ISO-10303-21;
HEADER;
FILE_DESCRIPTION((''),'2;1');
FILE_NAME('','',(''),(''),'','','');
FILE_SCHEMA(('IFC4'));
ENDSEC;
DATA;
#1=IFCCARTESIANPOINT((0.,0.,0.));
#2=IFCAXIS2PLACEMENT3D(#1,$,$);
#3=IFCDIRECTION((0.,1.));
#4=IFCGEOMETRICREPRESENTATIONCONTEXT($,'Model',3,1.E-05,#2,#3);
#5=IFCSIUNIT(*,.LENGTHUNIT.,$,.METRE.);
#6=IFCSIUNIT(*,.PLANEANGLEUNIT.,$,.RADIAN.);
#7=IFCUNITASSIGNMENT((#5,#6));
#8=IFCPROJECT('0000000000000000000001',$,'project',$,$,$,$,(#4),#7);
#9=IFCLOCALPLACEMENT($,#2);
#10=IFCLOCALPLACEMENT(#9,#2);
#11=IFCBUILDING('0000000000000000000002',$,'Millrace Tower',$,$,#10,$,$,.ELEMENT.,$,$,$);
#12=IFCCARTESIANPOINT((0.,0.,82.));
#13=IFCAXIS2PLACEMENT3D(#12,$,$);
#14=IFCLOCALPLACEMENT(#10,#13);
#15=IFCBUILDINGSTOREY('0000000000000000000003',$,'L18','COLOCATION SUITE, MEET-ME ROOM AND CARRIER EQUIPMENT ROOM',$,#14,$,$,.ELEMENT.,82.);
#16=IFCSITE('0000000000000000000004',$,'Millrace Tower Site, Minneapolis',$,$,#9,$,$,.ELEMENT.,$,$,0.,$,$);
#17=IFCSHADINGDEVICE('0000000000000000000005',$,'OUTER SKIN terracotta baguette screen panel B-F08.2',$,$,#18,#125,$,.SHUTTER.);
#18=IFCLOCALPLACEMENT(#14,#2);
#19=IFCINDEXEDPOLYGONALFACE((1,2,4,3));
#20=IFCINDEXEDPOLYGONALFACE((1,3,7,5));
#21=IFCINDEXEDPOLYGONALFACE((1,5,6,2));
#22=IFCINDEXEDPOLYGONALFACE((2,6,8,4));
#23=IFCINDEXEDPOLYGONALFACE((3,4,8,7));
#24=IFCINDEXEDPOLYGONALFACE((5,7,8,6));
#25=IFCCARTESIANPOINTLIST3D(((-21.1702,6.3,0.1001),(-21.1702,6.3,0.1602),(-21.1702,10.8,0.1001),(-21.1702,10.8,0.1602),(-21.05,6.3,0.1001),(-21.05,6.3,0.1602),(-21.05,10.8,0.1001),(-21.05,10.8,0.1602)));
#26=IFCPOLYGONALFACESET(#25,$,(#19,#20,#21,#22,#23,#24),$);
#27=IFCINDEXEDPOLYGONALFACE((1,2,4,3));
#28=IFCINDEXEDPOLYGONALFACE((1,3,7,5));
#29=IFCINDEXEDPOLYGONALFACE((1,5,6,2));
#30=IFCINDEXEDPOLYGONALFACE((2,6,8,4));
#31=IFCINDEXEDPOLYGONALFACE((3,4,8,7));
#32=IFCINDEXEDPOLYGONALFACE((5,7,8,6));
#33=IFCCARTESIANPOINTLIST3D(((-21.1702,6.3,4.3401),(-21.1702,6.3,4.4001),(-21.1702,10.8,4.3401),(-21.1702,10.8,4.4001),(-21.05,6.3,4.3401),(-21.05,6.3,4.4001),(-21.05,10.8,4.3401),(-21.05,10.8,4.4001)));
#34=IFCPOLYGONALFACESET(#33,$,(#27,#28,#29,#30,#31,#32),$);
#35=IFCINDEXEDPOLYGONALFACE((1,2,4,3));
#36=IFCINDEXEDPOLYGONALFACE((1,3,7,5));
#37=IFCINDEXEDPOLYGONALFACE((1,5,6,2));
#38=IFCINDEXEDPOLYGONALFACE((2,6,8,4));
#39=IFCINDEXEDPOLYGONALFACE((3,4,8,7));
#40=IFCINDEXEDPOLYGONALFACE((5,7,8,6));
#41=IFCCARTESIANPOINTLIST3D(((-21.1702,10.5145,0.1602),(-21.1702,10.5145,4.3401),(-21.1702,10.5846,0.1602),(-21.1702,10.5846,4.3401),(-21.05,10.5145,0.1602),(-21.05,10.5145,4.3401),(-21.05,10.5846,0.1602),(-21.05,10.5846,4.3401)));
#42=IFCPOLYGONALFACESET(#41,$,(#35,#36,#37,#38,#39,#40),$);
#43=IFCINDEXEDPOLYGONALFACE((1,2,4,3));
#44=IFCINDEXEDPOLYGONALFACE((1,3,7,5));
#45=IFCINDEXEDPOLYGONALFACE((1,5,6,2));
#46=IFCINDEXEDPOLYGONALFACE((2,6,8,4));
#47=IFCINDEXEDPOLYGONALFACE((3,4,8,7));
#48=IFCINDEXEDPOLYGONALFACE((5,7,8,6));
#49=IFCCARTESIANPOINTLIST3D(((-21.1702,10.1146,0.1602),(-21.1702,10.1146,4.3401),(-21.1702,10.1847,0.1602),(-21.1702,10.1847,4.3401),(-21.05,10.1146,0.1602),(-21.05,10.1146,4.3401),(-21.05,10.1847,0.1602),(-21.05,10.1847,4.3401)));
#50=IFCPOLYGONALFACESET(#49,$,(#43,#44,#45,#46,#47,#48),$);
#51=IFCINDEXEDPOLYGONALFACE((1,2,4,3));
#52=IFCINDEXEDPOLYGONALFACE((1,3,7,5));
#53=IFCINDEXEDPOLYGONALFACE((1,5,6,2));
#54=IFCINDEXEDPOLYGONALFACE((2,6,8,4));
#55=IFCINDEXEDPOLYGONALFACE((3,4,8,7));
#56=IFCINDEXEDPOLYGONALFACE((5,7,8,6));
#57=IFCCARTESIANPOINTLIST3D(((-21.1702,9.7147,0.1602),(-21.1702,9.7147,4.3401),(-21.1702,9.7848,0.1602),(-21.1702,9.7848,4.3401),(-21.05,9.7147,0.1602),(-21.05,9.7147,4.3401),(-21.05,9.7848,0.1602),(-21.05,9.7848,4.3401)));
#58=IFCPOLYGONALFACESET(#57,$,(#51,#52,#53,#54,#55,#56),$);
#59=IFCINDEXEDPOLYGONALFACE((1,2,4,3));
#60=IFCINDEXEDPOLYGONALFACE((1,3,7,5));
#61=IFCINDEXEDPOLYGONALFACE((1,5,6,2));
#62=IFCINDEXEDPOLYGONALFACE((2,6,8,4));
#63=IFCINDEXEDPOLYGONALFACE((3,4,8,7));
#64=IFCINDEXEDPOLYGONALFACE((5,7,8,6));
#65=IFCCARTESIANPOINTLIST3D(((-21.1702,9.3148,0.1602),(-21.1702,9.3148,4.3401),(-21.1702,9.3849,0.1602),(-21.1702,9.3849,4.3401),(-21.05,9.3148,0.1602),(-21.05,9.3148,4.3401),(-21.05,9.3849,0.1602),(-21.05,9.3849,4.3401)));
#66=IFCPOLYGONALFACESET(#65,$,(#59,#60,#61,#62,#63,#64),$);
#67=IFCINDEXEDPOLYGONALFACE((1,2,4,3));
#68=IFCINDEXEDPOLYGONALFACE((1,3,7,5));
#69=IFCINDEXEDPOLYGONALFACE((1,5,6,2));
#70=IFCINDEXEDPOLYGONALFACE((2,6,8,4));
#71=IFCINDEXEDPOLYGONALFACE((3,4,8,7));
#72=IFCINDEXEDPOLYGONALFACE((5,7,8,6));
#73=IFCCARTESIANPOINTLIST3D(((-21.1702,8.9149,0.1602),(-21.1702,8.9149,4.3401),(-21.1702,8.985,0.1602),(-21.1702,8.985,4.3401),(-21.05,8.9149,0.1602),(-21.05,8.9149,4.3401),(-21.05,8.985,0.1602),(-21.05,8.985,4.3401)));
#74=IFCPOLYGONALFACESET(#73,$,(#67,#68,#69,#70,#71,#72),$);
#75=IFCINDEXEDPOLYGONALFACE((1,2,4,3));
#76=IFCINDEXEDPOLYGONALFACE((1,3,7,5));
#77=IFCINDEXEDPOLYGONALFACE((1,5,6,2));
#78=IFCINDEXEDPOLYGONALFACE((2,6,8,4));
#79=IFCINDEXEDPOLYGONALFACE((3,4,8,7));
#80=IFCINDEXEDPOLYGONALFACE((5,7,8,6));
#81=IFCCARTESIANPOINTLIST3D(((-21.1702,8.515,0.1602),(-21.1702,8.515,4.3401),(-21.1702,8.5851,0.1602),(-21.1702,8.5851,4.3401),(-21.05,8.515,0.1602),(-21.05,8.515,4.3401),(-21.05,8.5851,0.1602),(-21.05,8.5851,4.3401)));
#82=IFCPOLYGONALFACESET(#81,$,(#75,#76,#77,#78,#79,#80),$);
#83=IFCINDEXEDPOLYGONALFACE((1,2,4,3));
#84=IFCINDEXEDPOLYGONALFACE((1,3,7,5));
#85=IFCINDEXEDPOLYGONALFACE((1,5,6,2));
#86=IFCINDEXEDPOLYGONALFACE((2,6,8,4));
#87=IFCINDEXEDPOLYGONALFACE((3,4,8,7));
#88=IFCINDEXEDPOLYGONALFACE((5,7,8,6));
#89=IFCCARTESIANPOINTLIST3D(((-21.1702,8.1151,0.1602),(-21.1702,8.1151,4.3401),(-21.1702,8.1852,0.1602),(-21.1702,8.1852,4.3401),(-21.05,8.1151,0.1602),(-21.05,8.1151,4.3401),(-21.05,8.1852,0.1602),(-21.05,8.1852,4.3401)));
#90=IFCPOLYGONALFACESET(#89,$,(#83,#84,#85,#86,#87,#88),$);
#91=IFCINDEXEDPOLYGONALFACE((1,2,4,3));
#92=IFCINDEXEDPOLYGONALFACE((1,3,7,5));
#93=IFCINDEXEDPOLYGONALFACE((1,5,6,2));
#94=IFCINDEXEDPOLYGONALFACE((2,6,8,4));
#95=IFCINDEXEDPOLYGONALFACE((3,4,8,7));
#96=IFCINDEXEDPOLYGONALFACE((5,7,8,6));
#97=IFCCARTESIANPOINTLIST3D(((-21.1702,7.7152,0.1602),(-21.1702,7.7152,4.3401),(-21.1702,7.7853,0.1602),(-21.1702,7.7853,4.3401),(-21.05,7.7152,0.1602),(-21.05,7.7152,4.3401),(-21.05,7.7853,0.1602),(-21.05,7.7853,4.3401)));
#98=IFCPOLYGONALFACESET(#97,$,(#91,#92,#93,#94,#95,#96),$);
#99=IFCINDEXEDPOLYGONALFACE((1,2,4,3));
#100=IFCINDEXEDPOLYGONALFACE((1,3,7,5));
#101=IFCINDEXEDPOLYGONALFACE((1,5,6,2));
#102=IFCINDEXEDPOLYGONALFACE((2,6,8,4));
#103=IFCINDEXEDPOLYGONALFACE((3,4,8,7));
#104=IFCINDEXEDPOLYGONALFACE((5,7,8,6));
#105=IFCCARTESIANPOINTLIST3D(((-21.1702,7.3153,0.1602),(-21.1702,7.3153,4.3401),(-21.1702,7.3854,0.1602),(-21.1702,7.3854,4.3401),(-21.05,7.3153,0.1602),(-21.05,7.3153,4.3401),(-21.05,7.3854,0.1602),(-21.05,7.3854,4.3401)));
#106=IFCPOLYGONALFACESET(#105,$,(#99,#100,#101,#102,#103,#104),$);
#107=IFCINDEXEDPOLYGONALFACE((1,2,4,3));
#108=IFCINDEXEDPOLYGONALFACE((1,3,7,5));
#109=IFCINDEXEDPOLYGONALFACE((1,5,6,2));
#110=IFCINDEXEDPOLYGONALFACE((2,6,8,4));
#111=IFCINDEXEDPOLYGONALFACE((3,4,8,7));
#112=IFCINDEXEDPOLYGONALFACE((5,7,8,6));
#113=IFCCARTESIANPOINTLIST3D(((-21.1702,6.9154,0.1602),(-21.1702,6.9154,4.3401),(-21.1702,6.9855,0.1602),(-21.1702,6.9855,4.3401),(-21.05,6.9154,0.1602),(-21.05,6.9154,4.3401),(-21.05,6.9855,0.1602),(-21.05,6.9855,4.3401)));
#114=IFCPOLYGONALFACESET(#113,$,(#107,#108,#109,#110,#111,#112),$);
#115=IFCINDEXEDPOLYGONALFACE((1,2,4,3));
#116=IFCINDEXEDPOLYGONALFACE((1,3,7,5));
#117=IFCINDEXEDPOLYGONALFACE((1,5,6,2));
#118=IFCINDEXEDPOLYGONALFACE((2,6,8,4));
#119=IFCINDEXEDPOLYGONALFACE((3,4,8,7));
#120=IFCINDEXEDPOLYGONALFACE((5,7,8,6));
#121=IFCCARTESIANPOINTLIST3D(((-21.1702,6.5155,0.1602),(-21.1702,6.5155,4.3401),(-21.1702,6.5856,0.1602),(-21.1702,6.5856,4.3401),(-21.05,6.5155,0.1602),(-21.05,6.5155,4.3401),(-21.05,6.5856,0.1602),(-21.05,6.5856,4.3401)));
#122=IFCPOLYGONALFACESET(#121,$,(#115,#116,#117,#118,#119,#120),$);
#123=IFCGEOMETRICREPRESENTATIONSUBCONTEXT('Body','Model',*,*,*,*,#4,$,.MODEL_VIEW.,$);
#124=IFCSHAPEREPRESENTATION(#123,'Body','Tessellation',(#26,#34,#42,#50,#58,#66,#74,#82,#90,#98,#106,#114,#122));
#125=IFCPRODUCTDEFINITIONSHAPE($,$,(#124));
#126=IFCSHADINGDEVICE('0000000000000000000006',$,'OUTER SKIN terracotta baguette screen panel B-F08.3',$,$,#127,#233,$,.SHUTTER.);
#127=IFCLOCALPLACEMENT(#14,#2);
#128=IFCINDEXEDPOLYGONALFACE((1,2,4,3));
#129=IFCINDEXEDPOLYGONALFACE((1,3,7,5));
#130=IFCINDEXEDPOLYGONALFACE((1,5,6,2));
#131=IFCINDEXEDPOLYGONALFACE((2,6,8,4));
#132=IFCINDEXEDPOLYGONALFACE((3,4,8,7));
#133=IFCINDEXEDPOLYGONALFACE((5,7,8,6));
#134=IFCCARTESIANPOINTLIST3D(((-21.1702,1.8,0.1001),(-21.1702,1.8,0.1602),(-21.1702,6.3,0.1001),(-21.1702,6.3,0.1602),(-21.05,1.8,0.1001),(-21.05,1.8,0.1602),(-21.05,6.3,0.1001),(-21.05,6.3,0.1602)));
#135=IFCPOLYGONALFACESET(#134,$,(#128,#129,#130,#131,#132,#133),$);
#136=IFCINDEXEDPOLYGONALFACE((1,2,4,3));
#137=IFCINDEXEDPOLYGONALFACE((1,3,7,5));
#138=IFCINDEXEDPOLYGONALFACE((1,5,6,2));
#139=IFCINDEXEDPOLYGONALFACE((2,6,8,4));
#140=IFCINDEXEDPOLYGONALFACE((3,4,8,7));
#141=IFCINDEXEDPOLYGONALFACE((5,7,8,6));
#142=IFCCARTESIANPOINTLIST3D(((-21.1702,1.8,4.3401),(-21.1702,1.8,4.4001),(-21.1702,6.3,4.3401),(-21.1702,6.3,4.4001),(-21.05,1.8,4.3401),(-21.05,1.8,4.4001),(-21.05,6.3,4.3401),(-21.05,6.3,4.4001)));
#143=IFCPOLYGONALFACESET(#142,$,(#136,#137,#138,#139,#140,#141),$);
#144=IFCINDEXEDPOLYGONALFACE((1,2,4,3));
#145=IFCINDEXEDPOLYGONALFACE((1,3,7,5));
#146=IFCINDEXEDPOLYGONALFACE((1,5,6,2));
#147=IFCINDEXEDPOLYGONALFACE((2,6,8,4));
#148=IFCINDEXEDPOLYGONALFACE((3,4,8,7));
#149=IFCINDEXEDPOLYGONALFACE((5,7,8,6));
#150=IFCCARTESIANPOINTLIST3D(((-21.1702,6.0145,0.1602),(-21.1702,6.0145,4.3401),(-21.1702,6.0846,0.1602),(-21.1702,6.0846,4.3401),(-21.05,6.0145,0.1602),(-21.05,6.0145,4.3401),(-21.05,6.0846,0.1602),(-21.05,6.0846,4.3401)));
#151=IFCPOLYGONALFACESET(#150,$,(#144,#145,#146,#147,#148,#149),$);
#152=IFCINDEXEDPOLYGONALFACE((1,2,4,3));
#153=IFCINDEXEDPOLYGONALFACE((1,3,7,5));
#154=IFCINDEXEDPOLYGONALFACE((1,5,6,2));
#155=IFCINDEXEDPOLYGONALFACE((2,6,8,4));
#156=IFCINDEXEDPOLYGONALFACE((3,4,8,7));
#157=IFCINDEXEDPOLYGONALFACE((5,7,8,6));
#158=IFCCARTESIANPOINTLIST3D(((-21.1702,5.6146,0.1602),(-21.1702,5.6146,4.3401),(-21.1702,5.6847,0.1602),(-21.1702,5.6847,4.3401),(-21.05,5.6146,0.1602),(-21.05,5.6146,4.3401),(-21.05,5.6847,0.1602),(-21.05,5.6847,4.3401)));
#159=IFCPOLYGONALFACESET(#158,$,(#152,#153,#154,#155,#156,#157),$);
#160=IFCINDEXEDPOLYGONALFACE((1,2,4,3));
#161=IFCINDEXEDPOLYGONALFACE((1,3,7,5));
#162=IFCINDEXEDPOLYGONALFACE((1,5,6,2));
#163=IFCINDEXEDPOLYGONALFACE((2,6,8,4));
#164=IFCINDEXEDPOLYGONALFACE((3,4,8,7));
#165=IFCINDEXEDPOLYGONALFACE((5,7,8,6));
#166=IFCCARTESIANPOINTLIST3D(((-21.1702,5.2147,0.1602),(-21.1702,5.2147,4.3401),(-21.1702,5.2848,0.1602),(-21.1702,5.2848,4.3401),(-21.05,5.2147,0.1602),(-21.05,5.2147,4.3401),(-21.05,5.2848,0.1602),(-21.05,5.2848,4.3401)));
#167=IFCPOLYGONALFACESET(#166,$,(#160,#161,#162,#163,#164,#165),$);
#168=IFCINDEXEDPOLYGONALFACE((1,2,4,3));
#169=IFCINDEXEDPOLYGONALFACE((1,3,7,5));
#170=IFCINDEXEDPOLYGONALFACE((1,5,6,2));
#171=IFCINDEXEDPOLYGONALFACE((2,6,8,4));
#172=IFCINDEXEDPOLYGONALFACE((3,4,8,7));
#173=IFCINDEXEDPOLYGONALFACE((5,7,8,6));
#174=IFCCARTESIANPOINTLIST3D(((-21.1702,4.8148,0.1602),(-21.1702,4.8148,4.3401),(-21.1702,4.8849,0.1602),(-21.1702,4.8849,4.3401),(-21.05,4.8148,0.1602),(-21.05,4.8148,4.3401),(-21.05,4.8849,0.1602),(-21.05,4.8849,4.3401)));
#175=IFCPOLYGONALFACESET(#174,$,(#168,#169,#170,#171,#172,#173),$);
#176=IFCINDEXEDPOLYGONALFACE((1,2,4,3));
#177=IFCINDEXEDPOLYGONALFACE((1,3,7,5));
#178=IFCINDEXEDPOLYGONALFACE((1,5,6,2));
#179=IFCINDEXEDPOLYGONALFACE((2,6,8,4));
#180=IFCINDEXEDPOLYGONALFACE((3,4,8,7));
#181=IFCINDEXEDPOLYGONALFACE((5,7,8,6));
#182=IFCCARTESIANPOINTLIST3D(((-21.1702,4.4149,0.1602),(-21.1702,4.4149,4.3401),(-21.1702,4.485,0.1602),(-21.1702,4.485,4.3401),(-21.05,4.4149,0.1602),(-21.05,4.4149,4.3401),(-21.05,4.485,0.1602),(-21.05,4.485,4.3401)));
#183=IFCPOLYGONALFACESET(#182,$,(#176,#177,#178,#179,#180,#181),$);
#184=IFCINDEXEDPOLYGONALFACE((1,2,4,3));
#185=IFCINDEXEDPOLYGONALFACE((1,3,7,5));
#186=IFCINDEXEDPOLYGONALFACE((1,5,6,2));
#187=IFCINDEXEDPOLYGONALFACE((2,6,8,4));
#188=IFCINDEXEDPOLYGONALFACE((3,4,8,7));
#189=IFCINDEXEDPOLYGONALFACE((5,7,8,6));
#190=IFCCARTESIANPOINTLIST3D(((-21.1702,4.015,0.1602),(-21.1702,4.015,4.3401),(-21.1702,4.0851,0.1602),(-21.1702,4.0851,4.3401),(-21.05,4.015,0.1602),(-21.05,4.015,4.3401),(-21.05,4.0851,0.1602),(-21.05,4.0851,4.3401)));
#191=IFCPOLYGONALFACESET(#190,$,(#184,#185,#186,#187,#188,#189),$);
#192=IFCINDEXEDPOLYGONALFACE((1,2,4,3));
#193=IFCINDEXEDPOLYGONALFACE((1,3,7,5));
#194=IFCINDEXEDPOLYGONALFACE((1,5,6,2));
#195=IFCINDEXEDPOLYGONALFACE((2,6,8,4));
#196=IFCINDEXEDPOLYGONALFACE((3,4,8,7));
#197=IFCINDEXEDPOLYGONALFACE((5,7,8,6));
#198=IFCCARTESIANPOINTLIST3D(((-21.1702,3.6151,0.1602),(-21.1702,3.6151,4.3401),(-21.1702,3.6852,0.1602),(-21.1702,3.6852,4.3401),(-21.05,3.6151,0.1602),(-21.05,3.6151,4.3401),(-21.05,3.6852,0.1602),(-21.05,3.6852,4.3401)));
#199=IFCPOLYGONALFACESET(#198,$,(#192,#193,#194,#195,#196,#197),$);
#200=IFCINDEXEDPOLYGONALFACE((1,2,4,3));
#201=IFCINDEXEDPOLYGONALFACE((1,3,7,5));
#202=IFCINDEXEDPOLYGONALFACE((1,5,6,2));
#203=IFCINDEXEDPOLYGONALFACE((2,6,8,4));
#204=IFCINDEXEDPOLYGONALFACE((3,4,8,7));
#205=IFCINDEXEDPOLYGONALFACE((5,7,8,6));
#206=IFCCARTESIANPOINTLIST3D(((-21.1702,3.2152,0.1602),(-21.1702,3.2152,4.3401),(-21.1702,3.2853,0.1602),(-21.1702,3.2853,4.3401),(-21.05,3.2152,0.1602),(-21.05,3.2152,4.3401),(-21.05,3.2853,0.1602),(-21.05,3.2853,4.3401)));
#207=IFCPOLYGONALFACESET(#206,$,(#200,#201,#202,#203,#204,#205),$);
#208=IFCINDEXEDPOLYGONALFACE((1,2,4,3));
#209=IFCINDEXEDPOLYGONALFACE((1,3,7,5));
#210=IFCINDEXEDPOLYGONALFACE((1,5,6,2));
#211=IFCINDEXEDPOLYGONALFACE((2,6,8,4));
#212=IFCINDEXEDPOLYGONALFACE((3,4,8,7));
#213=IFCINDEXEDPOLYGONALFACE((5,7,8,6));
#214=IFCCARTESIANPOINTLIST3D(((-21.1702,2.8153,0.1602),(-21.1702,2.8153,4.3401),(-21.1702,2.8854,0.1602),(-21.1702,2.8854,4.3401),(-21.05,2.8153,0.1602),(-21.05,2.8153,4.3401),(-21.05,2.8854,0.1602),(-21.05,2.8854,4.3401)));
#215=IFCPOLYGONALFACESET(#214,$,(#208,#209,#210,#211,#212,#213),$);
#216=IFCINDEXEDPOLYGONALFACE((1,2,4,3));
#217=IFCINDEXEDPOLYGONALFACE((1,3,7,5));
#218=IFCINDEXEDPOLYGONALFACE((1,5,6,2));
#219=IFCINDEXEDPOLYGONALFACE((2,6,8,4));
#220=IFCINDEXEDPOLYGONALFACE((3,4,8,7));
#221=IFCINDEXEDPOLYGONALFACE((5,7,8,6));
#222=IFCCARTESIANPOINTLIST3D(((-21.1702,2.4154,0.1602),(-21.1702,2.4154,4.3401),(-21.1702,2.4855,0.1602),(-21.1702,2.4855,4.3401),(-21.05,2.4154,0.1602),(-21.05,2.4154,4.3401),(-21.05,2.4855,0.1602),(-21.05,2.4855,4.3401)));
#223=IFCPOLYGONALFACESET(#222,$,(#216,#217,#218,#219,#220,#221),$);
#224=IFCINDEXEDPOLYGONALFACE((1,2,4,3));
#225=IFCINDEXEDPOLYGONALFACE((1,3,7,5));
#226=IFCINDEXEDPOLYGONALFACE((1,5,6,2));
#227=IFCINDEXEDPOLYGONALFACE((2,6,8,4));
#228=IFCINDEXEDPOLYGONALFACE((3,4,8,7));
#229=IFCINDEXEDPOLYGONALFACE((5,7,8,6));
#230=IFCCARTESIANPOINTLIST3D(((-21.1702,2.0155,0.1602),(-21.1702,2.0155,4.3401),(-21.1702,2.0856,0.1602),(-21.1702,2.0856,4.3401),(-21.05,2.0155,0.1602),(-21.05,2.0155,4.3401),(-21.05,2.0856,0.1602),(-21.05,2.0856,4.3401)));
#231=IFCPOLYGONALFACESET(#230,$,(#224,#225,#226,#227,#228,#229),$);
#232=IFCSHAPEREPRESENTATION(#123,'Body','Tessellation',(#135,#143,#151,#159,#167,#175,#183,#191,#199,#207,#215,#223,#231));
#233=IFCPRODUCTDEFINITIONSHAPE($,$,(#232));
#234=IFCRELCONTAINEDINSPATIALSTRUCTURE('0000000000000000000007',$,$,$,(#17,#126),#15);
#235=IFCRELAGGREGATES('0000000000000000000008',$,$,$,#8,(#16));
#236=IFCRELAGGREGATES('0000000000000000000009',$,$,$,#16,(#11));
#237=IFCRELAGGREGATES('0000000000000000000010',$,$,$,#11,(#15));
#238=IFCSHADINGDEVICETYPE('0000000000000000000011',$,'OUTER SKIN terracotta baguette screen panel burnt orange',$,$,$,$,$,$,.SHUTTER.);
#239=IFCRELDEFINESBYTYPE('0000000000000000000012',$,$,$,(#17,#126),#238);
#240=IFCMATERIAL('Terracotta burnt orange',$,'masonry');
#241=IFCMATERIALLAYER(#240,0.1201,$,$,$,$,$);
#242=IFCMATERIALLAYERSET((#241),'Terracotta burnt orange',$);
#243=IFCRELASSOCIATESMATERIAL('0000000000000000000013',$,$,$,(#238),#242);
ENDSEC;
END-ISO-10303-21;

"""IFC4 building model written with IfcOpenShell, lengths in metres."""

from ifc_helpers import new_model, entity, si_unit, direction, frame, frame_2d, origin, origin_2d, place, context, subcontext, project, spatial, rectangle, extrude, source, transform, mapped, material, layer, layer_set, type_object, element, save


model = new_model("IFC4")

# Units and contexts
model_context = context("Model", 3, precision=1e-05, world=origin(), true_north=direction((0.0, 1.0)))
body_context = subcontext(model_context, "Body", "Model", "MODEL_VIEW")
ifc_project = project(units=[si_unit("LENGTHUNIT", "METRE"), si_unit("PLANEANGLEUNIT", "RADIAN")], contexts=[model_context])

# Site, building, storey
site_placement = place(None, origin())
site = spatial("IfcSite", under=ifc_project, at=site_placement, Name="Millrace Tower Site, Minneapolis", CompositionType="ELEMENT", RefElevation=0.0)
building_placement = place(site_placement, origin())
building = spatial("IfcBuilding", under=site, at=building_placement, Name="Millrace Tower", CompositionType="ELEMENT")
storey_placement = place(building_placement, frame((0.0, 0.0, 82.0)))
storey = spatial("IfcBuildingStorey", under=building, at=storey_placement, Name="L18", Description="COLOCATION SUITE, MEET-ME ROOM AND CARRIER EQUIPMENT ROOM", CompositionType="ELEMENT", Elevation=82.0)

# Shading devices
ifc_material_1 = material(Name="Terracotta burnt orange", Category="masonry")
ifc_layer_1 = layer(ifc_material_1, 0.1201)
ifc_layer_set_1 = layer_set([ifc_layer_1], Name="Terracotta burnt orange")
shading_device_type = type_object("IfcShadingDeviceType", Name="OUTER SKIN terracotta baguette screen panel burnt orange", PredefinedType="SHUTTER", material=ifc_layer_set_1)
cartesian_point = entity("IfcCartesianPoint", [-2.25, 0.0601])
shared_polyline = entity("IfcPolyline", [cartesian_point, entity("IfcCartesianPoint", [2.25, 0.0601]), entity("IfcCartesianPoint", [2.25, -0.0601]), entity("IfcCartesianPoint", [-2.25, -0.0601]), cartesian_point])
shared_shape = source(origin(), body_context, "Body", "SweptSolid", [
    entity("IfcExtrudedAreaSolid", entity("IfcArbitraryClosedProfileDef", "AREA", None, shared_polyline), entity("IfcAxis2Placement3D", entity("IfcCartesianPoint", [0.0, 0.0, 0.0])), entity("IfcDirection", [0.0, 0.0, 1.0]), 0.0601),
    entity("IfcExtrudedAreaSolid", entity("IfcArbitraryClosedProfileDef", "AREA", None, shared_polyline), entity("IfcAxis2Placement3D", entity("IfcCartesianPoint", [0.0, 0.0, 4.24])), entity("IfcDirection", [0.0, 0.0, 1.0]), 0.0601),
    extrude(rectangle(XDim=0.0701, YDim=0.1201, at=frame_2d((-1.9995, 0.0))), frame((0.0, 0.0, 0.0601)), (0.0, 0.0, 1.0), 4.1799),
    extrude(rectangle(XDim=0.0701, YDim=0.1201, at=frame_2d((-1.5996, 0.0))), frame((0.0, 0.0, 0.0601)), (0.0, 0.0, 1.0), 4.1799),
    extrude(rectangle(XDim=0.0701, YDim=0.1201, at=frame_2d((-1.1997, 0.0))), frame((0.0, 0.0, 0.0601)), (0.0, 0.0, 1.0), 4.1799),
    extrude(rectangle(XDim=0.0701, YDim=0.1201, at=frame_2d((-0.7998, 0.0))), frame((0.0, 0.0, 0.0601)), (0.0, 0.0, 1.0), 4.1799),
    extrude(rectangle(XDim=0.0701, YDim=0.1201, at=frame_2d((-0.3999, 0.0))), frame((0.0, 0.0, 0.0601)), (0.0, 0.0, 1.0), 4.1799),
    extrude(rectangle(XDim=0.0701, YDim=0.1201, at=origin_2d()), frame((0.0, 0.0, 0.0601)), (0.0, 0.0, 1.0), 4.1799),
    extrude(rectangle(XDim=0.0701, YDim=0.1201, at=frame_2d((0.3999, 0.0))), frame((0.0, 0.0, 0.0601)), (0.0, 0.0, 1.0), 4.1799),
    extrude(rectangle(XDim=0.0701, YDim=0.1201, at=frame_2d((0.7998, 0.0))), frame((0.0, 0.0, 0.0601)), (0.0, 0.0, 1.0), 4.1799),
    extrude(rectangle(XDim=0.0701, YDim=0.1201, at=frame_2d((1.1997, 0.0))), frame((0.0, 0.0, 0.0601)), (0.0, 0.0, 1.0), 4.1799),
    extrude(rectangle(XDim=0.0701, YDim=0.1201, at=frame_2d((1.5996, 0.0))), frame((0.0, 0.0, 0.0601)), (0.0, 0.0, 1.0), 4.1799),
    extrude(rectangle(XDim=0.0701, YDim=0.1201, at=frame_2d((1.9995, 0.0))), frame((0.0, 0.0, 0.0601)), (0.0, 0.0, 1.0), 4.1799),
])
for number, where, z_axis, x_axis, name in (
    (1, (-21.1101, 8.55, 0.1001), (0.0, 0.0, 1.0), (0.0, -1.0, 0.0), "OUTER SKIN terracotta baguette screen panel B-F08.2"),
    (2, (-21.1101, 4.05, 0.1001), (0.0, 0.0, 1.0), (0.0, -1.0, 0.0), "OUTER SKIN terracotta baguette screen panel B-F08.3"),
):
    element("IfcShadingDevice", number, at=place(storey_placement, frame(where, z_axis=z_axis, x_axis=x_axis)), inside=storey, type_object=shading_device_type, Name=name, PredefinedType="SHUTTER", context=body_context, shape_type="MappedRepresentation", body=[
        mapped(shared_shape, transform((0.0, 0.0, 0.0), scale=1.0)),
    ])

save(model, "model.ifc")
